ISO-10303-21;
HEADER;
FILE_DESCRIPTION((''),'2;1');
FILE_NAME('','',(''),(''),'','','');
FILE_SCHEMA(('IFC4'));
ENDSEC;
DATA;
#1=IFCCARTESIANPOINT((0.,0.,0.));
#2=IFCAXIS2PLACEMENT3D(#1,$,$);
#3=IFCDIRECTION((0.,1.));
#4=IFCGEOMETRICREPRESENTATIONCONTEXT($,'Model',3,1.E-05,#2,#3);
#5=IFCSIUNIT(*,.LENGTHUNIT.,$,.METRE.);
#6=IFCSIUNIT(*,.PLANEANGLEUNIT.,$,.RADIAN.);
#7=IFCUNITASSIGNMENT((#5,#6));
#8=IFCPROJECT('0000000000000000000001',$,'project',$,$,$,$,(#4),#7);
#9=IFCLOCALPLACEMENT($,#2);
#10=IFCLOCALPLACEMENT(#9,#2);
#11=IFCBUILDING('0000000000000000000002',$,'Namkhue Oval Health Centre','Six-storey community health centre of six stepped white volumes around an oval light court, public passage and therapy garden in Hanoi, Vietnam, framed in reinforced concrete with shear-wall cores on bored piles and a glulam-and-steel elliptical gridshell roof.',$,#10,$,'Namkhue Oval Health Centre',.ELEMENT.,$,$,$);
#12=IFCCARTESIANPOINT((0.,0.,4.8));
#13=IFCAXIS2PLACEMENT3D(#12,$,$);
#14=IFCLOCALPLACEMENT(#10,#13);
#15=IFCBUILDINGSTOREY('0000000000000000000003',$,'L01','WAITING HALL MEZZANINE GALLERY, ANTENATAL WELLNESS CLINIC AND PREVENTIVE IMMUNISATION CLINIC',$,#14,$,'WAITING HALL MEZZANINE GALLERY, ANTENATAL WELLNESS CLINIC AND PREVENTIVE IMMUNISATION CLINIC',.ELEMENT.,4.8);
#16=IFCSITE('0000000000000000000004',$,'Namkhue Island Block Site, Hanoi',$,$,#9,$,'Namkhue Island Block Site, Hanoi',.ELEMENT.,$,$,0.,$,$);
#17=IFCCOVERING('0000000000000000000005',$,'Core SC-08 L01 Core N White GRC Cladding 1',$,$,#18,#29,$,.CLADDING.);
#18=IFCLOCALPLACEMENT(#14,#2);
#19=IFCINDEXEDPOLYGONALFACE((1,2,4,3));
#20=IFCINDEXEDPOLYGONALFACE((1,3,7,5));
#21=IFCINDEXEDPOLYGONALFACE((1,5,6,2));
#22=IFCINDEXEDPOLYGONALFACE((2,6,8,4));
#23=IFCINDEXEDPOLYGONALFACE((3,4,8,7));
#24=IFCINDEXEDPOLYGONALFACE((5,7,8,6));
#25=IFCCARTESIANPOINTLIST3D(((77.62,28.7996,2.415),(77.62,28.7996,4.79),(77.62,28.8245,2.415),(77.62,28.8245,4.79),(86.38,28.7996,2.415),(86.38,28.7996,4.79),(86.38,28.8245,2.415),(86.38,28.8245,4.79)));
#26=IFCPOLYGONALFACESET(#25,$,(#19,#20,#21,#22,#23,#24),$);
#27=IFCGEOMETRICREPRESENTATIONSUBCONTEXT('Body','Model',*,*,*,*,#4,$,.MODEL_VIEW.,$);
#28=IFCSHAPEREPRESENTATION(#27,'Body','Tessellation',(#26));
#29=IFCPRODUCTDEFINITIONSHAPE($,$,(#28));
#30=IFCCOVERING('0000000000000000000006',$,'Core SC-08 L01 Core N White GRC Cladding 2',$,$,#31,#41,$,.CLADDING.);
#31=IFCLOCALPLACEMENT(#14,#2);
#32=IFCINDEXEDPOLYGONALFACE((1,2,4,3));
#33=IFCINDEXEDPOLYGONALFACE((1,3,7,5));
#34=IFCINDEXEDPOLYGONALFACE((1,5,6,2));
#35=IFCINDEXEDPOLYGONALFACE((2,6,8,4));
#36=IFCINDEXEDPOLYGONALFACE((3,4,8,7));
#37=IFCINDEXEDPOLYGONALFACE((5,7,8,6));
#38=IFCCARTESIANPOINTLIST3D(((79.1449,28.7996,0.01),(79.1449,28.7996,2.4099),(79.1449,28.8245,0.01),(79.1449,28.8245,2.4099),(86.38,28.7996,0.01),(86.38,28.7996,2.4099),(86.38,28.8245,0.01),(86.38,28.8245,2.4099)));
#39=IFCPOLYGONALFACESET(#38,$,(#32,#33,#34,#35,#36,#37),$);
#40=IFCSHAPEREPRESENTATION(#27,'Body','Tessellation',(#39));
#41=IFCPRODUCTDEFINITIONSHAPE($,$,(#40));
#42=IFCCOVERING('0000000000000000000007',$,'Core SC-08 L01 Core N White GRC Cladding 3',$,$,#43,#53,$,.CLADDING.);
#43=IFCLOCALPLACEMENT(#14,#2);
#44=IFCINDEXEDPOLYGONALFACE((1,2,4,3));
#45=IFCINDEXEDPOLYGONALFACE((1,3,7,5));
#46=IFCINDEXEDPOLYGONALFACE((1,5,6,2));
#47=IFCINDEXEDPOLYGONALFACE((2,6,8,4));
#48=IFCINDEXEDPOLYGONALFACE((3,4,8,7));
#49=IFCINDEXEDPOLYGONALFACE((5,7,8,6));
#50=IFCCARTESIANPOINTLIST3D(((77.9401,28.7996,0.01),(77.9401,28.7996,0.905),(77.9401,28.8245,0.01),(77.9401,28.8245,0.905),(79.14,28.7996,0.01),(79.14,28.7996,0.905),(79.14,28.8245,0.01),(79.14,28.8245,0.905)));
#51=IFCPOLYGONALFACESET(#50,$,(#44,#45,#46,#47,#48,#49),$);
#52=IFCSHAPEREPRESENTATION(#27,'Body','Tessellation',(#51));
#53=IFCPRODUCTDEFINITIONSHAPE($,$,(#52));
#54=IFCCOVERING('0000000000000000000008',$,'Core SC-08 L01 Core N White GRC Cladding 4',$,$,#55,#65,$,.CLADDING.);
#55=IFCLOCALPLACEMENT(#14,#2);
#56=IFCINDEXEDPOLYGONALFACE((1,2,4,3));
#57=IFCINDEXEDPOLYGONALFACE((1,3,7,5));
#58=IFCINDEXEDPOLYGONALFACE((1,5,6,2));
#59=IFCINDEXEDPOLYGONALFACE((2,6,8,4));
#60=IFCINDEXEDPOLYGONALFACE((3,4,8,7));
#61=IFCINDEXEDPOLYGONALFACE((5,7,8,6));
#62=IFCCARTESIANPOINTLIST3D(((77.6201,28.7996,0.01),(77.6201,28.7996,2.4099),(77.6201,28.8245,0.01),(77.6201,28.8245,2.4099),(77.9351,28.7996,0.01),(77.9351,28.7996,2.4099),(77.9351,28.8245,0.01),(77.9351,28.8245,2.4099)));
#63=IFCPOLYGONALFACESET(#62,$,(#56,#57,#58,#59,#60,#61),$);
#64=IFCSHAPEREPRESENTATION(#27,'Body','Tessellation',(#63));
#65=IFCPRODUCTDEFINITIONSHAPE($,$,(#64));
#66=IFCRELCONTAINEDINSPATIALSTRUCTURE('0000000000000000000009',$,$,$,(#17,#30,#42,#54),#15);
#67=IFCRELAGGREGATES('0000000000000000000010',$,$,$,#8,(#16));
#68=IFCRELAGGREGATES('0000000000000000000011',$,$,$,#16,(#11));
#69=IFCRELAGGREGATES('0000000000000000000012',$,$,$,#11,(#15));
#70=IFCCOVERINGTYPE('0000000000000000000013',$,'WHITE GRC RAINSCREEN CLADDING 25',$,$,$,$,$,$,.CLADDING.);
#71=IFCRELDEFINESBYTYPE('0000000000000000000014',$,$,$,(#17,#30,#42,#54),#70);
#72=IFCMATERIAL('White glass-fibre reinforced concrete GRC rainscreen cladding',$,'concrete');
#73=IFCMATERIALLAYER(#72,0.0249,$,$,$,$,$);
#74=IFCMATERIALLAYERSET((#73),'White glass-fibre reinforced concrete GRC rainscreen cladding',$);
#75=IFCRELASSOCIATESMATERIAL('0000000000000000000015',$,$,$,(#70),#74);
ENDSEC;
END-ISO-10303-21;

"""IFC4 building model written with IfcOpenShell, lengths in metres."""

from ifc_helpers import new_model, si_unit, direction, frame, origin, origin_2d, place, context, subcontext, project, spatial, rectangle, extrude, material, layer, layer_set, type_object, element, save


model = new_model("IFC4")

# Units and contexts
model_context = context("Model", 3, precision=1e-05, world=origin(), true_north=direction((0.0, 1.0)))
body_context = subcontext(model_context, "Body", "Model", "MODEL_VIEW")
ifc_project = project(units=[si_unit("LENGTHUNIT", "METRE"), si_unit("PLANEANGLEUNIT", "RADIAN")], contexts=[model_context])

# Site, building, storey
site_placement = place(None, origin())
site = spatial("IfcSite", under=ifc_project, at=site_placement, Name="Namkhue Island Block Site, Hanoi", LongName="Namkhue Island Block Site, Hanoi", CompositionType="ELEMENT", RefElevation=0.0)
building_placement = place(site_placement, origin())
building = spatial("IfcBuilding", under=site, at=building_placement, Name="Namkhue Oval Health Centre", Description="Six-storey community health centre of six stepped white volumes around an oval light court, public passage and therapy garden in Hanoi, Vietnam, framed in reinforced concrete with shear-wall cores on bored piles and a glulam-and-steel elliptical gridshell roof.", LongName="Namkhue Oval Health Centre", CompositionType="ELEMENT")
storey_placement = place(building_placement, frame((0.0, 0.0, 4.8)))
storey = spatial("IfcBuildingStorey", under=building, at=storey_placement, Name="L01", Description="WAITING HALL MEZZANINE GALLERY, ANTENATAL WELLNESS CLINIC AND PREVENTIVE IMMUNISATION CLINIC", LongName="WAITING HALL MEZZANINE GALLERY, ANTENATAL WELLNESS CLINIC AND PREVENTIVE IMMUNISATION CLINIC", CompositionType="ELEMENT", Elevation=4.8)

# Coverings
ifc_material_1 = material(Name="White glass-fibre reinforced concrete GRC rainscreen cladding", Category="concrete")
ifc_layer_1 = layer(ifc_material_1, 0.0249)
ifc_layer_set_1 = layer_set([ifc_layer_1], Name="White glass-fibre reinforced concrete GRC rainscreen cladding")
covering_type = type_object("IfcCoveringType", Name="WHITE GRC RAINSCREEN CLADDING 25", PredefinedType="CLADDING", material=ifc_layer_set_1)
covering_1_placement = place(storey_placement, frame((82.0, 28.812, 2.415), z_axis=(0.0, 0.0, 1.0), x_axis=(-1.0, 0.0, 0.0)))
element("IfcCovering", 1, at=covering_1_placement, inside=storey, type_object=covering_type, Name="Core SC-08 L01 Core N White GRC Cladding 1", PredefinedType="CLADDING", context=body_context, shape_type="SweptSolid", body=[
    extrude(rectangle(XDim=8.76, YDim=0.0249, at=origin_2d()), origin(), (0.0, 0.0, 1.0), 2.375),
])
covering_2_placement = place(storey_placement, frame((82.7625, 28.812, 0.01), z_axis=(0.0, 0.0, 1.0), x_axis=(-1.0, 0.0, 0.0)))
element("IfcCovering", 2, at=covering_2_placement, inside=storey, type_object=covering_type, Name="Core SC-08 L01 Core N White GRC Cladding 2", PredefinedType="CLADDING", context=body_context, shape_type="SweptSolid", body=[
    extrude(rectangle(XDim=7.2351, YDim=0.0249, at=origin_2d()), origin(), (0.0, 0.0, 1.0), 2.3999),
])
covering_3_placement = place(storey_placement, frame((78.54, 28.812, 0.01), z_axis=(0.0, 0.0, 1.0), x_axis=(-1.0, 0.0, 0.0)))
element("IfcCovering", 3, at=covering_3_placement, inside=storey, type_object=covering_type, Name="Core SC-08 L01 Core N White GRC Cladding 3", PredefinedType="CLADDING", context=body_context, shape_type="SweptSolid", body=[
    extrude(rectangle(XDim=1.2, YDim=0.0249, at=origin_2d()), origin(), (0.0, 0.0, 1.0), 0.895),
])
covering_4_placement = place(storey_placement, frame((77.7776, 28.812, 0.01), z_axis=(0.0, 0.0, 1.0), x_axis=(-1.0, 0.0, 0.0)))
element("IfcCovering", 4, at=covering_4_placement, inside=storey, type_object=covering_type, Name="Core SC-08 L01 Core N White GRC Cladding 4", PredefinedType="CLADDING", context=body_context, shape_type="SweptSolid", body=[
    extrude(rectangle(XDim=0.3149, YDim=0.0249, at=origin_2d()), origin(), (0.0, 0.0, 1.0), 2.3999),
])

save(model, "model.ifc")
